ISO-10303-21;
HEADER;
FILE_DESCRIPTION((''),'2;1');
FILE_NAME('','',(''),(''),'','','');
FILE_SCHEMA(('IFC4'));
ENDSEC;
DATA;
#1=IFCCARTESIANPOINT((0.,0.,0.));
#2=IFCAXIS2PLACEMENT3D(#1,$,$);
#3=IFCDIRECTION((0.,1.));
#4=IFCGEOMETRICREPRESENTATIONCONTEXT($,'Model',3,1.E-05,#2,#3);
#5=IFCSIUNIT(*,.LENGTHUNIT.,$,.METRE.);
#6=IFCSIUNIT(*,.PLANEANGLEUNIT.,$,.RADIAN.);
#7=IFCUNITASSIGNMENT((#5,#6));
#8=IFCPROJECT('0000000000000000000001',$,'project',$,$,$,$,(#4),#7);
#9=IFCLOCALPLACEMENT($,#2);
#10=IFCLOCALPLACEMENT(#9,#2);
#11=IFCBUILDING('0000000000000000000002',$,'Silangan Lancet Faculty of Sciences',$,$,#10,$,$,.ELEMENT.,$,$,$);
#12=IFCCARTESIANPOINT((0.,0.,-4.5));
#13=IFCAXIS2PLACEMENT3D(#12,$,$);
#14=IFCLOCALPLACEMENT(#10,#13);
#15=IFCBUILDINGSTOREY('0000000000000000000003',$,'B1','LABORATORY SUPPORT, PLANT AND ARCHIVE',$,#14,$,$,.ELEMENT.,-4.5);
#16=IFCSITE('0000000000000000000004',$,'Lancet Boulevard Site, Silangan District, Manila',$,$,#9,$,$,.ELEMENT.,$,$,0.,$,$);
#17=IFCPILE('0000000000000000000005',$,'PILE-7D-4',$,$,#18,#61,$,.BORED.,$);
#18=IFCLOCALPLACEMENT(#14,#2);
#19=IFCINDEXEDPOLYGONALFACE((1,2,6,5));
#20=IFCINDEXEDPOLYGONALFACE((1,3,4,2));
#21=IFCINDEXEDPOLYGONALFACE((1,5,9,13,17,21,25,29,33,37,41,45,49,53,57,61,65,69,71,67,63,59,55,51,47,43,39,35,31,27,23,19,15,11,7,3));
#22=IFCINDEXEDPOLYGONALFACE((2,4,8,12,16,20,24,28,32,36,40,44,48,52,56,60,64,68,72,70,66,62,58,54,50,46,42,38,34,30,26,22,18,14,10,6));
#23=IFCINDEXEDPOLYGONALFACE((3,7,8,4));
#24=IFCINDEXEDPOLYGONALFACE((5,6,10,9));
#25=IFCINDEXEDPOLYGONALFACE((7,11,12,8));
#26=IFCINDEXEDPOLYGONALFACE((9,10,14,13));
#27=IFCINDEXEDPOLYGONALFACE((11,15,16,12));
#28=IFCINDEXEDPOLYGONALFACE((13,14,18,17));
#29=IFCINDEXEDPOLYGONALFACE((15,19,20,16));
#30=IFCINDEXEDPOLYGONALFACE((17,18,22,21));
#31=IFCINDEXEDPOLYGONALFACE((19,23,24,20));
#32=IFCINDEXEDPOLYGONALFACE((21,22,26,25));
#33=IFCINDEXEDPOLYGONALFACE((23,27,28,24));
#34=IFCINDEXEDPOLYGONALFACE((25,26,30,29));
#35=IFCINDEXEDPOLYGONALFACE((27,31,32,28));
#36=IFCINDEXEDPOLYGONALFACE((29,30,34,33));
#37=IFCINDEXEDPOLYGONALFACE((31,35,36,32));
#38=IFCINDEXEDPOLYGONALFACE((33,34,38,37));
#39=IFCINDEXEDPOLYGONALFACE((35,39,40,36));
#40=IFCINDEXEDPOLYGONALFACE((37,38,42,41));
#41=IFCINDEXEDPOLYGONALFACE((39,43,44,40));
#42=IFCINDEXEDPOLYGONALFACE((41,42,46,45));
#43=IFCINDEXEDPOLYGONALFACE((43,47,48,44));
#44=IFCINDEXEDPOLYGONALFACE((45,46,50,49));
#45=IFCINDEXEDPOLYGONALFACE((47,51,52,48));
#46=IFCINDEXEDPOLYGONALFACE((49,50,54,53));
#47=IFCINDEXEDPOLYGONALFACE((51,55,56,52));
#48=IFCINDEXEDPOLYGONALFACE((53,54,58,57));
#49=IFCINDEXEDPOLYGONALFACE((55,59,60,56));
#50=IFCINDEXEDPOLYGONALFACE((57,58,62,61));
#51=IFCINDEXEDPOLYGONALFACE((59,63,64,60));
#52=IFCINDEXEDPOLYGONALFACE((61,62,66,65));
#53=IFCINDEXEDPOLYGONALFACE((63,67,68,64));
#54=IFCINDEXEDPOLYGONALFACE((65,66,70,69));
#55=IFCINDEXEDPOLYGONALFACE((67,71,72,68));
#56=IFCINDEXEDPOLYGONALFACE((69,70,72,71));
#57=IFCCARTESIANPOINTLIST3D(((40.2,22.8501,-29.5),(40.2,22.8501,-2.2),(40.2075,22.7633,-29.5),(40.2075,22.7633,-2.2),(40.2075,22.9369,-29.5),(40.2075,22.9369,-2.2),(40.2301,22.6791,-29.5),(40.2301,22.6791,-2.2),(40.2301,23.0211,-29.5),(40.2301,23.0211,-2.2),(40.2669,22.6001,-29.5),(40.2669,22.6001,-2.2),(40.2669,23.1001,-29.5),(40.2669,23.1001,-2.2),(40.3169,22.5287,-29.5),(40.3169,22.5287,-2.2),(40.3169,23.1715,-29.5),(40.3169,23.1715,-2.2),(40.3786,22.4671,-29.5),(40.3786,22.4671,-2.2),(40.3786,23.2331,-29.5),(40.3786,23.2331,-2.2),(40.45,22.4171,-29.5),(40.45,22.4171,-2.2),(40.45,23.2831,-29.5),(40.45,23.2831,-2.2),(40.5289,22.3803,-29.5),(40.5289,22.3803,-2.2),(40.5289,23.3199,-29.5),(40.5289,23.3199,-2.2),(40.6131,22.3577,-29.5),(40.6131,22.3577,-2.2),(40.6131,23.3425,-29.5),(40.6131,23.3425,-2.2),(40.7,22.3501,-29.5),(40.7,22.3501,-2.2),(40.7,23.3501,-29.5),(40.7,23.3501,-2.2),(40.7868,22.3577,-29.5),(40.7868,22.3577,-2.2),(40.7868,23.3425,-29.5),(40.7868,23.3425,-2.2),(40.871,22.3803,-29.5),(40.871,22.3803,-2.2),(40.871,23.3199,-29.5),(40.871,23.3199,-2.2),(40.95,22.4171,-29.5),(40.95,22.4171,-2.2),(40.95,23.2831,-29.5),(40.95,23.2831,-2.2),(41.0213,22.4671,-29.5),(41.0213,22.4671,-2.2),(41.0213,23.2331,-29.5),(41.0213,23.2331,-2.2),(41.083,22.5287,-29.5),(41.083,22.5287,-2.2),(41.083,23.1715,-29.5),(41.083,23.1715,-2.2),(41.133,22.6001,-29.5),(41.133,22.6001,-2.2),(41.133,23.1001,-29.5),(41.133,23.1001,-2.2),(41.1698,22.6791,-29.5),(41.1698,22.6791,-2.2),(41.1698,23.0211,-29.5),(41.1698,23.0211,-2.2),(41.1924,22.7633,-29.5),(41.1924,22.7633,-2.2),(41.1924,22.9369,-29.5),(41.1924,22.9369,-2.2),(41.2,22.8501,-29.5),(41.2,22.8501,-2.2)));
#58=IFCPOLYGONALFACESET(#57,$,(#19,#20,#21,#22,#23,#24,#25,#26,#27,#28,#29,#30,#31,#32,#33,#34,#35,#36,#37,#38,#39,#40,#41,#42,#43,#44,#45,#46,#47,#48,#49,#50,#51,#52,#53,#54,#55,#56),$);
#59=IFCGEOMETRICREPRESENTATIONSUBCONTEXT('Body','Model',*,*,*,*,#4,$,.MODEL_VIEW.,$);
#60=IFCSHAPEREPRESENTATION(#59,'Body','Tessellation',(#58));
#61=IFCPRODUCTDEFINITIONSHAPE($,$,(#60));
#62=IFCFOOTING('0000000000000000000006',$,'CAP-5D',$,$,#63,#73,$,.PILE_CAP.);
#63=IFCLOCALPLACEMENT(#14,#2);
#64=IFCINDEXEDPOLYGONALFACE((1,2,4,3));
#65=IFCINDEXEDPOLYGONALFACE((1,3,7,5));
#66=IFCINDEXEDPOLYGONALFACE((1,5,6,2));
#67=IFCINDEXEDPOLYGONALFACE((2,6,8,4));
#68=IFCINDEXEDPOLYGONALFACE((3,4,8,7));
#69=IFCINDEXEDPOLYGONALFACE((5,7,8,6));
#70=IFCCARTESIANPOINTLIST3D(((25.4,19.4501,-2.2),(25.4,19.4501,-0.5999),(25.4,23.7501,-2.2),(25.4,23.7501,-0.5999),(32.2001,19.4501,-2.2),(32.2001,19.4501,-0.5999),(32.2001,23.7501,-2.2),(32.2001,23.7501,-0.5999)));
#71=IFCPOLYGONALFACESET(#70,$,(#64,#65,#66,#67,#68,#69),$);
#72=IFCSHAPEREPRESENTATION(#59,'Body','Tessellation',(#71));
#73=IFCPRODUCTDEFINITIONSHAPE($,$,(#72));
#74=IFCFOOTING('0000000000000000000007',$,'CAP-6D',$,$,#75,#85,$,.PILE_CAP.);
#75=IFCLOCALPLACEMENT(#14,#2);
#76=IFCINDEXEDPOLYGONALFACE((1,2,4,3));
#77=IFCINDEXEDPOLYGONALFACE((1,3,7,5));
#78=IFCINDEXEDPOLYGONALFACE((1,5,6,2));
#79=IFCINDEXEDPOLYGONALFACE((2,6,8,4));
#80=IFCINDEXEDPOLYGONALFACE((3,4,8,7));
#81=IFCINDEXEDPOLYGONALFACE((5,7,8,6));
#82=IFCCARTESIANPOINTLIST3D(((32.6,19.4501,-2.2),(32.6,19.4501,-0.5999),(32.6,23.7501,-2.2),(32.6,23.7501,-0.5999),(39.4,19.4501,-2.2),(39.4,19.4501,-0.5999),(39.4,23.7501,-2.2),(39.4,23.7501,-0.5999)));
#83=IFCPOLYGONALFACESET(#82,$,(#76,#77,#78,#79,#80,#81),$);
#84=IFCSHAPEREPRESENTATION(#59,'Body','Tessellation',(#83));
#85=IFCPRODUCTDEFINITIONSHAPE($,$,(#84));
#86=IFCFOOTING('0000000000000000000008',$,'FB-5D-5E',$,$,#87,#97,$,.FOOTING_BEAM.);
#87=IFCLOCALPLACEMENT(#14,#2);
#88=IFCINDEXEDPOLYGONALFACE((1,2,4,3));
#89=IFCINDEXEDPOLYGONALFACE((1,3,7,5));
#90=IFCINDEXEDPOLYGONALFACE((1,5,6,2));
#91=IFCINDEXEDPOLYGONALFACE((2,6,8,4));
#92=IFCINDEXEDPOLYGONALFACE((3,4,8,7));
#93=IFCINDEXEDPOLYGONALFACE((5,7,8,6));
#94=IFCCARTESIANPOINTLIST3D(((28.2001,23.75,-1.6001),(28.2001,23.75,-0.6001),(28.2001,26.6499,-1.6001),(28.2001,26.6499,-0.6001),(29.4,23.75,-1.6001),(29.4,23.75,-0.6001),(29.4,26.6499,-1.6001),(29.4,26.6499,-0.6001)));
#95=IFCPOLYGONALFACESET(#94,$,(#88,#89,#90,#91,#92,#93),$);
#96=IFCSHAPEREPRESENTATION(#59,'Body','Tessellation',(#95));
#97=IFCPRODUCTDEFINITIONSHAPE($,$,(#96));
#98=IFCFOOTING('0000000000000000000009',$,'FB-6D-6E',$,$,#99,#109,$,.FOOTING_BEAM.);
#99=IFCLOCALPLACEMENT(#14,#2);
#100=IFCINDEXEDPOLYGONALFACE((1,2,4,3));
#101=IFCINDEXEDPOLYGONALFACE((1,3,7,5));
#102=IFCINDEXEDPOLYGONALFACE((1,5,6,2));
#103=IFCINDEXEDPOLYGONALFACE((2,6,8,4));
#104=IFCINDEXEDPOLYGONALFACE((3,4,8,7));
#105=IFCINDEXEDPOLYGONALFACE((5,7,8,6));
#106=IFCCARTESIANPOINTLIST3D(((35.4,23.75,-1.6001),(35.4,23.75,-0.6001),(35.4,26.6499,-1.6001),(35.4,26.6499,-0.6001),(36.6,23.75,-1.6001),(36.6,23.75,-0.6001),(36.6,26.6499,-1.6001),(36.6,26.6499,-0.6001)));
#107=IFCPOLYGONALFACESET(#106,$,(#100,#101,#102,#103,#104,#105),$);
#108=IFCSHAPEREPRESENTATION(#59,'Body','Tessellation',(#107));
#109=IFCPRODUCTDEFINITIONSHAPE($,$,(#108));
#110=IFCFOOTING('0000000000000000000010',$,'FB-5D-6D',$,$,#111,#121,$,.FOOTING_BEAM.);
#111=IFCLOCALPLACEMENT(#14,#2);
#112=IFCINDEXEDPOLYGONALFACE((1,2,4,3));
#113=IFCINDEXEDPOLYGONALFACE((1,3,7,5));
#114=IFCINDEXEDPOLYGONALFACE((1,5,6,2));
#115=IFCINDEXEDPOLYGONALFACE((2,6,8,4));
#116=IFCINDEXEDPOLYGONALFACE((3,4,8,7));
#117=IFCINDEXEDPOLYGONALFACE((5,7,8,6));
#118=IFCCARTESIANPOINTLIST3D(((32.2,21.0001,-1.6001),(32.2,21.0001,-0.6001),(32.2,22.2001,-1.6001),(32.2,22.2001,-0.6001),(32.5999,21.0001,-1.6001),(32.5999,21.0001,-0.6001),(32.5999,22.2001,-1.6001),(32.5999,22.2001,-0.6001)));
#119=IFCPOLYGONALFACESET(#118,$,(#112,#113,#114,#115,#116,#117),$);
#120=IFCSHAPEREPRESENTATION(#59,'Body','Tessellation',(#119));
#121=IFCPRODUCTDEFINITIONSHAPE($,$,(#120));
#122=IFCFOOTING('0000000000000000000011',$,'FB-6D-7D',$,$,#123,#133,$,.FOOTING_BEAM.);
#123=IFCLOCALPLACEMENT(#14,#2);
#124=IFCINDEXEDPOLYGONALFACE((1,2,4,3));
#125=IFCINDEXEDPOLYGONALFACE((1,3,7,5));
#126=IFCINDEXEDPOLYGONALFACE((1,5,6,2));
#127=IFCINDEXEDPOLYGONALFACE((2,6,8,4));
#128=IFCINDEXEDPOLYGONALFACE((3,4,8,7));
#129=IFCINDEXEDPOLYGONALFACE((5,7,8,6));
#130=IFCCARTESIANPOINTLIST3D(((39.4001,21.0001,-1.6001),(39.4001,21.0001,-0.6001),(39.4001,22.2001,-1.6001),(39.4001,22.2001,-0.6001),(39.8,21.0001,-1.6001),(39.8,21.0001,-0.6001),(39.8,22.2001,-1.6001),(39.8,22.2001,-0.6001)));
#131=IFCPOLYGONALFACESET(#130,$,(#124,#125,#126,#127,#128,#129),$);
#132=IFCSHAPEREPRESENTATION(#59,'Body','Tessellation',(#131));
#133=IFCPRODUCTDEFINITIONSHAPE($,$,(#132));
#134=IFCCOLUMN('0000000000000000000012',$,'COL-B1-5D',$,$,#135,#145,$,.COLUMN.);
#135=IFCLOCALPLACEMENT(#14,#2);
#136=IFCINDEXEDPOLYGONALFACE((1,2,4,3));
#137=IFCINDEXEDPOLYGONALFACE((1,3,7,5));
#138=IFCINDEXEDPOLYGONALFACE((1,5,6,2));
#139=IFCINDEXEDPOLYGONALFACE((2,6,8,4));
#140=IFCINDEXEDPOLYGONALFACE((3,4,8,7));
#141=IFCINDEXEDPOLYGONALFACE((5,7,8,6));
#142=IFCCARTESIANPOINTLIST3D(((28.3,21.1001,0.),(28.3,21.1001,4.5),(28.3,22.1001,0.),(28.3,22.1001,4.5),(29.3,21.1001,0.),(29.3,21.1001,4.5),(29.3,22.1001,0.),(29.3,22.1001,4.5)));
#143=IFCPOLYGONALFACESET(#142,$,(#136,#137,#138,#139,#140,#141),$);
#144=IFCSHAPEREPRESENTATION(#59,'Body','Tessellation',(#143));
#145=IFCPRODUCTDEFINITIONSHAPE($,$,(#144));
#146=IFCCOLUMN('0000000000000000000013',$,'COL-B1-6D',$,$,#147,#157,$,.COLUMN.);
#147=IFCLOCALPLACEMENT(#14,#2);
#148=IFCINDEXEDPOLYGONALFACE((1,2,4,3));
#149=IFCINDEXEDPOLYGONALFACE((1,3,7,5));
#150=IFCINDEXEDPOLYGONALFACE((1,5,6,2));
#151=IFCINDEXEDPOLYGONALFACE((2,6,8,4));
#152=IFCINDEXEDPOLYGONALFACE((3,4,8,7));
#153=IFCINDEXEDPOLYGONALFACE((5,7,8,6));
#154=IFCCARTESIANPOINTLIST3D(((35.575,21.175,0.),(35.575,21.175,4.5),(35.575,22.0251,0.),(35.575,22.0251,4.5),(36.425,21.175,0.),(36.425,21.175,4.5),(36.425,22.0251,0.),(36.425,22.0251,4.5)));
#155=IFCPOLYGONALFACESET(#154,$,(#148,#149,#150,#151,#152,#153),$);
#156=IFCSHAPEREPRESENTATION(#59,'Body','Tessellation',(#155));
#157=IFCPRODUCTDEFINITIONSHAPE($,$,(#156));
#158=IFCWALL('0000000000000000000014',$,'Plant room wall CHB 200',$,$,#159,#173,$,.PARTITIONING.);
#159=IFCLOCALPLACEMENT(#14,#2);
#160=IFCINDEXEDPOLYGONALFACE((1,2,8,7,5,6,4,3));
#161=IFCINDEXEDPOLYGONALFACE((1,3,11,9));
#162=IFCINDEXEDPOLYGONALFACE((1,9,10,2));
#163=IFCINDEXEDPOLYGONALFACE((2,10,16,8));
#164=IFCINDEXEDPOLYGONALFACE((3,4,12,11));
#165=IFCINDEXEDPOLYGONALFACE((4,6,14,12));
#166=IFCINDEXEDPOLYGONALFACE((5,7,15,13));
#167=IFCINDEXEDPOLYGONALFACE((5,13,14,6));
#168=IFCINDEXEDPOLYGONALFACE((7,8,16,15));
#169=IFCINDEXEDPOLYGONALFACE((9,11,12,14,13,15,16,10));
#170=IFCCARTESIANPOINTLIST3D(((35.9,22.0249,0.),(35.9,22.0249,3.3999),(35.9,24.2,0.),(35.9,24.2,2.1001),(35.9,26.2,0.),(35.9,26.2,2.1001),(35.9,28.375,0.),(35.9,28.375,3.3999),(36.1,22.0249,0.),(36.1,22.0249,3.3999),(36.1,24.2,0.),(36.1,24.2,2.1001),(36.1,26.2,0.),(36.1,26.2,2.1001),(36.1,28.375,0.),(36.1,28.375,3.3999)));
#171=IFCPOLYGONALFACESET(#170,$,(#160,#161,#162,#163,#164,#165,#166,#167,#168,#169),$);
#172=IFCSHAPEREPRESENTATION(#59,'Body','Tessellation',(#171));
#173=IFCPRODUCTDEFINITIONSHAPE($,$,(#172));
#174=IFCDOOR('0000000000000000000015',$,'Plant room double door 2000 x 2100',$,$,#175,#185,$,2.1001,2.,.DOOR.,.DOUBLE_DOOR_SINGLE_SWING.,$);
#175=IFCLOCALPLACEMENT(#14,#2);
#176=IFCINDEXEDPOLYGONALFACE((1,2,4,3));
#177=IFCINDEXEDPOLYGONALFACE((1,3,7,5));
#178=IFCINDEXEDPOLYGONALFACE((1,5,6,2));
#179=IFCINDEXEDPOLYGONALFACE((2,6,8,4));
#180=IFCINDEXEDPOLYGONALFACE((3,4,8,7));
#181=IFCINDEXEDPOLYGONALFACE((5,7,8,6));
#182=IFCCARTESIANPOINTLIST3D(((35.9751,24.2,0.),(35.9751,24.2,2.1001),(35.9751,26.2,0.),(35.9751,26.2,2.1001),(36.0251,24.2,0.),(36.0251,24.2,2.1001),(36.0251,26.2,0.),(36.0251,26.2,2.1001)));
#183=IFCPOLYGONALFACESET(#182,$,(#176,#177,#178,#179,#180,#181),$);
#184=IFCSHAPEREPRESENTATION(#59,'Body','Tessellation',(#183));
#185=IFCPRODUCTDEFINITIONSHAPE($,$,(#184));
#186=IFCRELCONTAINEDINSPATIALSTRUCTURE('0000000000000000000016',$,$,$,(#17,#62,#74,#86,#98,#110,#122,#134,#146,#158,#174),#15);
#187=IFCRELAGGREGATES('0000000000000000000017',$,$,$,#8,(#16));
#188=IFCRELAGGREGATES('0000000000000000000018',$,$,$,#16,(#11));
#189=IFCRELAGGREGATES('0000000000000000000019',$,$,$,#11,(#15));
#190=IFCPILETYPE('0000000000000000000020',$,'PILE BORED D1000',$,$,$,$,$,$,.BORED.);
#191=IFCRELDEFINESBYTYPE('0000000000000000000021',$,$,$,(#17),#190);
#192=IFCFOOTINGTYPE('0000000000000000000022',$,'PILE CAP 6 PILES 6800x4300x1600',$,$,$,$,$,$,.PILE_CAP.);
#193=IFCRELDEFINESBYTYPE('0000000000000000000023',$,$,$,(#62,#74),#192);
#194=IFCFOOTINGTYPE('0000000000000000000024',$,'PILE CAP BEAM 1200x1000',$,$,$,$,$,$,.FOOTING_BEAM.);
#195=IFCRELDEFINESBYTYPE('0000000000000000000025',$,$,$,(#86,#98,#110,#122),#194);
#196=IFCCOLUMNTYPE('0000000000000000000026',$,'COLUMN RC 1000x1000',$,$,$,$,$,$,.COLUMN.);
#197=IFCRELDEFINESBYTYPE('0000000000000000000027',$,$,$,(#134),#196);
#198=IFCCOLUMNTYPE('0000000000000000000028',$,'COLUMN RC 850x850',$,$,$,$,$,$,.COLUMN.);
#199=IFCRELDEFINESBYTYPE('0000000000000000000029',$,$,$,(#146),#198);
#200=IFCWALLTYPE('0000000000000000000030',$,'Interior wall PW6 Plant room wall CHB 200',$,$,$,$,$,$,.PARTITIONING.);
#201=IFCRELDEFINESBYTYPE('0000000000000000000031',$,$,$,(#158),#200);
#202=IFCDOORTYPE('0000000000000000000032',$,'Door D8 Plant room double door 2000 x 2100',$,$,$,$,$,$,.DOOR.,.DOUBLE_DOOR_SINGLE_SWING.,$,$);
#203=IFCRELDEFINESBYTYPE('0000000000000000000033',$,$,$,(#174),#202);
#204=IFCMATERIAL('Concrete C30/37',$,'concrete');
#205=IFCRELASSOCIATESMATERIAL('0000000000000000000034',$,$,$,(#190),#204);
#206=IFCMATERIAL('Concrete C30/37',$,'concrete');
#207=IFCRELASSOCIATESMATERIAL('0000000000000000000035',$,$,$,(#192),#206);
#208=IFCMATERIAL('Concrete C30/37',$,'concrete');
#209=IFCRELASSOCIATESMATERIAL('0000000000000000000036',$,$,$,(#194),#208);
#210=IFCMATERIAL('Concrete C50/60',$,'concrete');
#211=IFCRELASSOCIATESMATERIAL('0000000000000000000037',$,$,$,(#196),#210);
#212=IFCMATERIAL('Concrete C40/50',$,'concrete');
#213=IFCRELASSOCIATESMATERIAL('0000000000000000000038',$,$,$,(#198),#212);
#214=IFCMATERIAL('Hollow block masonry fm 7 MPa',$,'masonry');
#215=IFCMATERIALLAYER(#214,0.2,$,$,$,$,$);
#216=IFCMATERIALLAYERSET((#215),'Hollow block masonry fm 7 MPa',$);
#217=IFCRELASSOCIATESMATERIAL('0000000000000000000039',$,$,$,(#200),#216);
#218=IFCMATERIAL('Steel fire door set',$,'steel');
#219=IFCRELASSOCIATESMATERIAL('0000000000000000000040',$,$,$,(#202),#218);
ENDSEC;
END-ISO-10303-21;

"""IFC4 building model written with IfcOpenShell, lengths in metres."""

from ifc_helpers import new_model, si_unit, direction, frame, frame_2d, origin, origin_2d, place, context, subcontext, project, spatial, rectangle, circle, extrude, material, layer, layer_set, material_profile, profile_set, type_object, element, fill, save


model = new_model("IFC4")

# Units and contexts
model_context = context("Model", 3, precision=1e-05, world=origin(), true_north=direction((0.0, 1.0)))
body_context = subcontext(model_context, "Body", "Model", "MODEL_VIEW")
ifc_project = project(units=[si_unit("LENGTHUNIT", "METRE"), si_unit("PLANEANGLEUNIT", "RADIAN")], contexts=[model_context])

# Site, building, storey
site_placement = place(None, origin())
site = spatial("IfcSite", under=ifc_project, at=site_placement, Name="Lancet Boulevard Site, Silangan District, Manila", CompositionType="ELEMENT", RefElevation=0.0)
building_placement = place(site_placement, origin())
building = spatial("IfcBuilding", under=site, at=building_placement, Name="Silangan Lancet Faculty of Sciences", CompositionType="ELEMENT")
storey_placement = place(building_placement, frame((0.0, 0.0, -4.5)))
storey = spatial("IfcBuildingStorey", under=building, at=storey_placement, Name="B1", Description="LABORATORY SUPPORT, PLANT AND ARCHIVE", CompositionType="ELEMENT", Elevation=-4.5)

# Pile
ifc_material_1 = material(Name="Concrete C30/37", Category="concrete")
ifc_material_profile_1 = material_profile(ifc_material_1, circle(Radius=0.5, at=origin_2d()), Name="BORED PILE D1000")
ifc_profile_set_1 = profile_set([ifc_material_profile_1], Name="Concrete C30/37")
pile_type = type_object("IfcPileType", Name="PILE BORED D1000", PredefinedType="BORED", material=ifc_profile_set_1)
for number, where, z_axis, x_axis, name in (
    (1, (40.7, 22.8501, -2.2), (0.0, 0.0, -1.0), (1.0, 0.0, 0.0), "PILE-7D-4"),
):
    element("IfcPile", number, at=place(storey_placement, frame(where, z_axis=z_axis, x_axis=x_axis)), inside=storey, type_object=pile_type, Name=name, PredefinedType="BORED", context=body_context, shape_type="SweptSolid", body=[
        extrude(circle(Radius=0.5, at=origin_2d()), origin(), (0.0, 0.0, 1.0), 27.3),
    ])

# Footings
ifc_material_2 = material(Name="Concrete C30/37", Category="concrete")
footing_type_1 = type_object("IfcFootingType", Name="PILE CAP 6 PILES 6800x4300x1600", PredefinedType="PILE_CAP", material=ifc_material_2)
for number, where, z_axis, x_axis, name in (
    (2, (28.8, 21.6001, -2.2), (0.0, 0.0, 1.0), (1.0, 0.0, 0.0), "CAP-5D"),
    (3, (36.0, 21.6001, -2.2), (0.0, 0.0, 1.0), (1.0, 0.0, 0.0), "CAP-6D"),
):
    element("IfcFooting", number, at=place(storey_placement, frame(where, z_axis=z_axis, x_axis=x_axis)), inside=storey, type_object=footing_type_1, Name=name, PredefinedType="PILE_CAP", context=body_context, shape_type="SweptSolid", body=[
        extrude(rectangle(XDim=6.8, YDim=4.3, at=origin_2d()), origin(), (0.0, 0.0, 1.0), 1.6001),
    ])
ifc_material_3 = material(Name="Concrete C30/37", Category="concrete")
footing_type_2 = type_object("IfcFootingType", Name="PILE CAP BEAM 1200x1000", PredefinedType="FOOTING_BEAM", material=ifc_material_3)
for number, where, z_axis, x_axis, name in (
    (4, (28.8, 25.2, -1.6001), (0.0, 0.0, 1.0), (0.0, 1.0, 0.0), "FB-5D-5E"),
    (5, (36.0, 25.2, -1.6001), (0.0, 0.0, 1.0), (0.0, 1.0, 0.0), "FB-6D-6E"),
):
    element("IfcFooting", number, at=place(storey_placement, frame(where, z_axis=z_axis, x_axis=x_axis)), inside=storey, type_object=footing_type_2, Name=name, PredefinedType="FOOTING_BEAM", context=body_context, shape_type="SweptSolid", body=[
        extrude(rectangle(XDim=2.8999, YDim=1.2, at=origin_2d()), origin(), (0.0, 0.0, 1.0), 1.0),
    ])
for number, where, z_axis, x_axis, name in (
    (6, (32.3999, 21.6001, -1.6001), (0.0, 0.0, 1.0), (1.0, 0.0, 0.0), "FB-5D-6D"),
    (7, (39.6001, 21.6001, -1.6001), (0.0, 0.0, 1.0), (1.0, 0.0, 0.0), "FB-6D-7D"),
):
    element("IfcFooting", number, at=place(storey_placement, frame(where, z_axis=z_axis, x_axis=x_axis)), inside=storey, type_object=footing_type_2, Name=name, PredefinedType="FOOTING_BEAM", context=body_context, shape_type="SweptSolid", body=[
        extrude(rectangle(XDim=0.3999, YDim=1.2, at=origin_2d()), origin(), (0.0, 0.0, 1.0), 1.0),
    ])

# Columns
ifc_material_4 = material(Name="Concrete C50/60", Category="concrete")
ifc_material_profile_2 = material_profile(ifc_material_4, rectangle(XDim=1.0, YDim=1.0, at=origin_2d()), Name="RC 1000x1000")
ifc_profile_set_2 = profile_set([ifc_material_profile_2], Name="Concrete C50/60")
column_type_1 = type_object("IfcColumnType", Name="COLUMN RC 1000x1000", PredefinedType="COLUMN", material=ifc_profile_set_2)
column_1_placement = place(storey_placement, frame((28.8, 21.6001, 0.0), z_axis=(0.0, 0.0, 1.0), x_axis=(1.0, 0.0, 0.0)))
element("IfcColumn", 8, at=column_1_placement, inside=storey, type_object=column_type_1, Name="COL-B1-5D", PredefinedType="COLUMN", context=body_context, shape_type="SweptSolid", body=[
    extrude(rectangle(XDim=1.0, YDim=1.0, at=origin_2d()), origin(), (0.0, 0.0, 1.0), 4.5),
])
ifc_material_5 = material(Name="Concrete C40/50", Category="concrete")
ifc_material_profile_3 = material_profile(ifc_material_5, rectangle(XDim=0.8501, YDim=0.8501, at=origin_2d()), Name="RC 850x850")
ifc_profile_set_3 = profile_set([ifc_material_profile_3], Name="Concrete C40/50")
column_type_2 = type_object("IfcColumnType", Name="COLUMN RC 850x850", PredefinedType="COLUMN", material=ifc_profile_set_3)
column_2_placement = place(storey_placement, frame((36.0, 21.6001, 0.0), z_axis=(0.0, 0.0, 1.0), x_axis=(1.0, 0.0, 0.0)))
element("IfcColumn", 9, at=column_2_placement, inside=storey, type_object=column_type_2, Name="COL-B1-6D", PredefinedType="COLUMN", context=body_context, shape_type="SweptSolid", body=[
    extrude(rectangle(XDim=0.8501, YDim=0.8501, at=origin_2d()), origin(), (0.0, 0.0, 1.0), 4.5),
])

# Wall, opening, door
ifc_material_6 = material(Name="Hollow block masonry fm 7 MPa", Category="masonry")
ifc_layer = layer(ifc_material_6, 0.2)
ifc_layer_set = layer_set([ifc_layer], Name="Hollow block masonry fm 7 MPa")
wall_type = type_object("IfcWallType", Name="Interior wall PW6 Plant room wall CHB 200", PredefinedType="PARTITIONING", material=ifc_layer_set)
wall_placement = place(storey_placement, frame((36.0, 22.0249, 0.0), z_axis=(0.0, 0.0, 1.0), x_axis=(0.0, 1.0, 0.0)))
wall = element("IfcWall", 10, at=wall_placement, inside=storey, type_object=wall_type, Name="Plant room wall CHB 200", PredefinedType="PARTITIONING", context=body_context, shape_type="SweptSolid", body=[
    extrude(rectangle(XDim=6.3501, YDim=0.2, at=frame_2d((3.175, 0.0))), origin(), (0.0, 0.0, 1.0), 3.3999),
])
opening_placement = place(wall_placement, frame((2.175, 0.0, 0.0)))
opening = element("IfcOpeningElement", 11, at=opening_placement, cuts=wall, PredefinedType="OPENING", context=body_context, shape_type="SweptSolid", body=[
    extrude(rectangle(XDim=2.0, YDim=2.1001, at=frame_2d((1.0, 1.05))), frame((0.0, 0.1099, 0.0), z_axis=(0.0, -1.0, 0.0), x_axis=(1.0, 0.0, 0.0)), (0.0, 0.0, 1.0), 0.22),
])
ifc_material_7 = material(Name="Steel fire door set", Category="steel")
door_type = type_object("IfcDoorType", Name="Door D8 Plant room double door 2000 x 2100", OperationType="DOUBLE_DOOR_SINGLE_SWING", PredefinedType="DOOR", material=ifc_material_7)
door_placement = place(opening_placement, origin())
door = element("IfcDoor", 12, at=door_placement, inside=storey, type_object=door_type, Name="Plant room double door 2000 x 2100", OperationType="DOUBLE_DOOR_SINGLE_SWING", OverallHeight=2.1001, OverallWidth=2.0, PredefinedType="DOOR", context=body_context, shape_type="SweptSolid", body=[
    extrude(rectangle(XDim=2.0, YDim=2.1001, at=frame_2d((1.0, 1.05))), frame((0.0, 0.0249, 0.0), z_axis=(0.0, -1.0, 0.0), x_axis=(1.0, 0.0, 0.0)), (0.0, 0.0, 1.0), 0.05),
])
fill(opening, door)

save(model, "model.ifc")
